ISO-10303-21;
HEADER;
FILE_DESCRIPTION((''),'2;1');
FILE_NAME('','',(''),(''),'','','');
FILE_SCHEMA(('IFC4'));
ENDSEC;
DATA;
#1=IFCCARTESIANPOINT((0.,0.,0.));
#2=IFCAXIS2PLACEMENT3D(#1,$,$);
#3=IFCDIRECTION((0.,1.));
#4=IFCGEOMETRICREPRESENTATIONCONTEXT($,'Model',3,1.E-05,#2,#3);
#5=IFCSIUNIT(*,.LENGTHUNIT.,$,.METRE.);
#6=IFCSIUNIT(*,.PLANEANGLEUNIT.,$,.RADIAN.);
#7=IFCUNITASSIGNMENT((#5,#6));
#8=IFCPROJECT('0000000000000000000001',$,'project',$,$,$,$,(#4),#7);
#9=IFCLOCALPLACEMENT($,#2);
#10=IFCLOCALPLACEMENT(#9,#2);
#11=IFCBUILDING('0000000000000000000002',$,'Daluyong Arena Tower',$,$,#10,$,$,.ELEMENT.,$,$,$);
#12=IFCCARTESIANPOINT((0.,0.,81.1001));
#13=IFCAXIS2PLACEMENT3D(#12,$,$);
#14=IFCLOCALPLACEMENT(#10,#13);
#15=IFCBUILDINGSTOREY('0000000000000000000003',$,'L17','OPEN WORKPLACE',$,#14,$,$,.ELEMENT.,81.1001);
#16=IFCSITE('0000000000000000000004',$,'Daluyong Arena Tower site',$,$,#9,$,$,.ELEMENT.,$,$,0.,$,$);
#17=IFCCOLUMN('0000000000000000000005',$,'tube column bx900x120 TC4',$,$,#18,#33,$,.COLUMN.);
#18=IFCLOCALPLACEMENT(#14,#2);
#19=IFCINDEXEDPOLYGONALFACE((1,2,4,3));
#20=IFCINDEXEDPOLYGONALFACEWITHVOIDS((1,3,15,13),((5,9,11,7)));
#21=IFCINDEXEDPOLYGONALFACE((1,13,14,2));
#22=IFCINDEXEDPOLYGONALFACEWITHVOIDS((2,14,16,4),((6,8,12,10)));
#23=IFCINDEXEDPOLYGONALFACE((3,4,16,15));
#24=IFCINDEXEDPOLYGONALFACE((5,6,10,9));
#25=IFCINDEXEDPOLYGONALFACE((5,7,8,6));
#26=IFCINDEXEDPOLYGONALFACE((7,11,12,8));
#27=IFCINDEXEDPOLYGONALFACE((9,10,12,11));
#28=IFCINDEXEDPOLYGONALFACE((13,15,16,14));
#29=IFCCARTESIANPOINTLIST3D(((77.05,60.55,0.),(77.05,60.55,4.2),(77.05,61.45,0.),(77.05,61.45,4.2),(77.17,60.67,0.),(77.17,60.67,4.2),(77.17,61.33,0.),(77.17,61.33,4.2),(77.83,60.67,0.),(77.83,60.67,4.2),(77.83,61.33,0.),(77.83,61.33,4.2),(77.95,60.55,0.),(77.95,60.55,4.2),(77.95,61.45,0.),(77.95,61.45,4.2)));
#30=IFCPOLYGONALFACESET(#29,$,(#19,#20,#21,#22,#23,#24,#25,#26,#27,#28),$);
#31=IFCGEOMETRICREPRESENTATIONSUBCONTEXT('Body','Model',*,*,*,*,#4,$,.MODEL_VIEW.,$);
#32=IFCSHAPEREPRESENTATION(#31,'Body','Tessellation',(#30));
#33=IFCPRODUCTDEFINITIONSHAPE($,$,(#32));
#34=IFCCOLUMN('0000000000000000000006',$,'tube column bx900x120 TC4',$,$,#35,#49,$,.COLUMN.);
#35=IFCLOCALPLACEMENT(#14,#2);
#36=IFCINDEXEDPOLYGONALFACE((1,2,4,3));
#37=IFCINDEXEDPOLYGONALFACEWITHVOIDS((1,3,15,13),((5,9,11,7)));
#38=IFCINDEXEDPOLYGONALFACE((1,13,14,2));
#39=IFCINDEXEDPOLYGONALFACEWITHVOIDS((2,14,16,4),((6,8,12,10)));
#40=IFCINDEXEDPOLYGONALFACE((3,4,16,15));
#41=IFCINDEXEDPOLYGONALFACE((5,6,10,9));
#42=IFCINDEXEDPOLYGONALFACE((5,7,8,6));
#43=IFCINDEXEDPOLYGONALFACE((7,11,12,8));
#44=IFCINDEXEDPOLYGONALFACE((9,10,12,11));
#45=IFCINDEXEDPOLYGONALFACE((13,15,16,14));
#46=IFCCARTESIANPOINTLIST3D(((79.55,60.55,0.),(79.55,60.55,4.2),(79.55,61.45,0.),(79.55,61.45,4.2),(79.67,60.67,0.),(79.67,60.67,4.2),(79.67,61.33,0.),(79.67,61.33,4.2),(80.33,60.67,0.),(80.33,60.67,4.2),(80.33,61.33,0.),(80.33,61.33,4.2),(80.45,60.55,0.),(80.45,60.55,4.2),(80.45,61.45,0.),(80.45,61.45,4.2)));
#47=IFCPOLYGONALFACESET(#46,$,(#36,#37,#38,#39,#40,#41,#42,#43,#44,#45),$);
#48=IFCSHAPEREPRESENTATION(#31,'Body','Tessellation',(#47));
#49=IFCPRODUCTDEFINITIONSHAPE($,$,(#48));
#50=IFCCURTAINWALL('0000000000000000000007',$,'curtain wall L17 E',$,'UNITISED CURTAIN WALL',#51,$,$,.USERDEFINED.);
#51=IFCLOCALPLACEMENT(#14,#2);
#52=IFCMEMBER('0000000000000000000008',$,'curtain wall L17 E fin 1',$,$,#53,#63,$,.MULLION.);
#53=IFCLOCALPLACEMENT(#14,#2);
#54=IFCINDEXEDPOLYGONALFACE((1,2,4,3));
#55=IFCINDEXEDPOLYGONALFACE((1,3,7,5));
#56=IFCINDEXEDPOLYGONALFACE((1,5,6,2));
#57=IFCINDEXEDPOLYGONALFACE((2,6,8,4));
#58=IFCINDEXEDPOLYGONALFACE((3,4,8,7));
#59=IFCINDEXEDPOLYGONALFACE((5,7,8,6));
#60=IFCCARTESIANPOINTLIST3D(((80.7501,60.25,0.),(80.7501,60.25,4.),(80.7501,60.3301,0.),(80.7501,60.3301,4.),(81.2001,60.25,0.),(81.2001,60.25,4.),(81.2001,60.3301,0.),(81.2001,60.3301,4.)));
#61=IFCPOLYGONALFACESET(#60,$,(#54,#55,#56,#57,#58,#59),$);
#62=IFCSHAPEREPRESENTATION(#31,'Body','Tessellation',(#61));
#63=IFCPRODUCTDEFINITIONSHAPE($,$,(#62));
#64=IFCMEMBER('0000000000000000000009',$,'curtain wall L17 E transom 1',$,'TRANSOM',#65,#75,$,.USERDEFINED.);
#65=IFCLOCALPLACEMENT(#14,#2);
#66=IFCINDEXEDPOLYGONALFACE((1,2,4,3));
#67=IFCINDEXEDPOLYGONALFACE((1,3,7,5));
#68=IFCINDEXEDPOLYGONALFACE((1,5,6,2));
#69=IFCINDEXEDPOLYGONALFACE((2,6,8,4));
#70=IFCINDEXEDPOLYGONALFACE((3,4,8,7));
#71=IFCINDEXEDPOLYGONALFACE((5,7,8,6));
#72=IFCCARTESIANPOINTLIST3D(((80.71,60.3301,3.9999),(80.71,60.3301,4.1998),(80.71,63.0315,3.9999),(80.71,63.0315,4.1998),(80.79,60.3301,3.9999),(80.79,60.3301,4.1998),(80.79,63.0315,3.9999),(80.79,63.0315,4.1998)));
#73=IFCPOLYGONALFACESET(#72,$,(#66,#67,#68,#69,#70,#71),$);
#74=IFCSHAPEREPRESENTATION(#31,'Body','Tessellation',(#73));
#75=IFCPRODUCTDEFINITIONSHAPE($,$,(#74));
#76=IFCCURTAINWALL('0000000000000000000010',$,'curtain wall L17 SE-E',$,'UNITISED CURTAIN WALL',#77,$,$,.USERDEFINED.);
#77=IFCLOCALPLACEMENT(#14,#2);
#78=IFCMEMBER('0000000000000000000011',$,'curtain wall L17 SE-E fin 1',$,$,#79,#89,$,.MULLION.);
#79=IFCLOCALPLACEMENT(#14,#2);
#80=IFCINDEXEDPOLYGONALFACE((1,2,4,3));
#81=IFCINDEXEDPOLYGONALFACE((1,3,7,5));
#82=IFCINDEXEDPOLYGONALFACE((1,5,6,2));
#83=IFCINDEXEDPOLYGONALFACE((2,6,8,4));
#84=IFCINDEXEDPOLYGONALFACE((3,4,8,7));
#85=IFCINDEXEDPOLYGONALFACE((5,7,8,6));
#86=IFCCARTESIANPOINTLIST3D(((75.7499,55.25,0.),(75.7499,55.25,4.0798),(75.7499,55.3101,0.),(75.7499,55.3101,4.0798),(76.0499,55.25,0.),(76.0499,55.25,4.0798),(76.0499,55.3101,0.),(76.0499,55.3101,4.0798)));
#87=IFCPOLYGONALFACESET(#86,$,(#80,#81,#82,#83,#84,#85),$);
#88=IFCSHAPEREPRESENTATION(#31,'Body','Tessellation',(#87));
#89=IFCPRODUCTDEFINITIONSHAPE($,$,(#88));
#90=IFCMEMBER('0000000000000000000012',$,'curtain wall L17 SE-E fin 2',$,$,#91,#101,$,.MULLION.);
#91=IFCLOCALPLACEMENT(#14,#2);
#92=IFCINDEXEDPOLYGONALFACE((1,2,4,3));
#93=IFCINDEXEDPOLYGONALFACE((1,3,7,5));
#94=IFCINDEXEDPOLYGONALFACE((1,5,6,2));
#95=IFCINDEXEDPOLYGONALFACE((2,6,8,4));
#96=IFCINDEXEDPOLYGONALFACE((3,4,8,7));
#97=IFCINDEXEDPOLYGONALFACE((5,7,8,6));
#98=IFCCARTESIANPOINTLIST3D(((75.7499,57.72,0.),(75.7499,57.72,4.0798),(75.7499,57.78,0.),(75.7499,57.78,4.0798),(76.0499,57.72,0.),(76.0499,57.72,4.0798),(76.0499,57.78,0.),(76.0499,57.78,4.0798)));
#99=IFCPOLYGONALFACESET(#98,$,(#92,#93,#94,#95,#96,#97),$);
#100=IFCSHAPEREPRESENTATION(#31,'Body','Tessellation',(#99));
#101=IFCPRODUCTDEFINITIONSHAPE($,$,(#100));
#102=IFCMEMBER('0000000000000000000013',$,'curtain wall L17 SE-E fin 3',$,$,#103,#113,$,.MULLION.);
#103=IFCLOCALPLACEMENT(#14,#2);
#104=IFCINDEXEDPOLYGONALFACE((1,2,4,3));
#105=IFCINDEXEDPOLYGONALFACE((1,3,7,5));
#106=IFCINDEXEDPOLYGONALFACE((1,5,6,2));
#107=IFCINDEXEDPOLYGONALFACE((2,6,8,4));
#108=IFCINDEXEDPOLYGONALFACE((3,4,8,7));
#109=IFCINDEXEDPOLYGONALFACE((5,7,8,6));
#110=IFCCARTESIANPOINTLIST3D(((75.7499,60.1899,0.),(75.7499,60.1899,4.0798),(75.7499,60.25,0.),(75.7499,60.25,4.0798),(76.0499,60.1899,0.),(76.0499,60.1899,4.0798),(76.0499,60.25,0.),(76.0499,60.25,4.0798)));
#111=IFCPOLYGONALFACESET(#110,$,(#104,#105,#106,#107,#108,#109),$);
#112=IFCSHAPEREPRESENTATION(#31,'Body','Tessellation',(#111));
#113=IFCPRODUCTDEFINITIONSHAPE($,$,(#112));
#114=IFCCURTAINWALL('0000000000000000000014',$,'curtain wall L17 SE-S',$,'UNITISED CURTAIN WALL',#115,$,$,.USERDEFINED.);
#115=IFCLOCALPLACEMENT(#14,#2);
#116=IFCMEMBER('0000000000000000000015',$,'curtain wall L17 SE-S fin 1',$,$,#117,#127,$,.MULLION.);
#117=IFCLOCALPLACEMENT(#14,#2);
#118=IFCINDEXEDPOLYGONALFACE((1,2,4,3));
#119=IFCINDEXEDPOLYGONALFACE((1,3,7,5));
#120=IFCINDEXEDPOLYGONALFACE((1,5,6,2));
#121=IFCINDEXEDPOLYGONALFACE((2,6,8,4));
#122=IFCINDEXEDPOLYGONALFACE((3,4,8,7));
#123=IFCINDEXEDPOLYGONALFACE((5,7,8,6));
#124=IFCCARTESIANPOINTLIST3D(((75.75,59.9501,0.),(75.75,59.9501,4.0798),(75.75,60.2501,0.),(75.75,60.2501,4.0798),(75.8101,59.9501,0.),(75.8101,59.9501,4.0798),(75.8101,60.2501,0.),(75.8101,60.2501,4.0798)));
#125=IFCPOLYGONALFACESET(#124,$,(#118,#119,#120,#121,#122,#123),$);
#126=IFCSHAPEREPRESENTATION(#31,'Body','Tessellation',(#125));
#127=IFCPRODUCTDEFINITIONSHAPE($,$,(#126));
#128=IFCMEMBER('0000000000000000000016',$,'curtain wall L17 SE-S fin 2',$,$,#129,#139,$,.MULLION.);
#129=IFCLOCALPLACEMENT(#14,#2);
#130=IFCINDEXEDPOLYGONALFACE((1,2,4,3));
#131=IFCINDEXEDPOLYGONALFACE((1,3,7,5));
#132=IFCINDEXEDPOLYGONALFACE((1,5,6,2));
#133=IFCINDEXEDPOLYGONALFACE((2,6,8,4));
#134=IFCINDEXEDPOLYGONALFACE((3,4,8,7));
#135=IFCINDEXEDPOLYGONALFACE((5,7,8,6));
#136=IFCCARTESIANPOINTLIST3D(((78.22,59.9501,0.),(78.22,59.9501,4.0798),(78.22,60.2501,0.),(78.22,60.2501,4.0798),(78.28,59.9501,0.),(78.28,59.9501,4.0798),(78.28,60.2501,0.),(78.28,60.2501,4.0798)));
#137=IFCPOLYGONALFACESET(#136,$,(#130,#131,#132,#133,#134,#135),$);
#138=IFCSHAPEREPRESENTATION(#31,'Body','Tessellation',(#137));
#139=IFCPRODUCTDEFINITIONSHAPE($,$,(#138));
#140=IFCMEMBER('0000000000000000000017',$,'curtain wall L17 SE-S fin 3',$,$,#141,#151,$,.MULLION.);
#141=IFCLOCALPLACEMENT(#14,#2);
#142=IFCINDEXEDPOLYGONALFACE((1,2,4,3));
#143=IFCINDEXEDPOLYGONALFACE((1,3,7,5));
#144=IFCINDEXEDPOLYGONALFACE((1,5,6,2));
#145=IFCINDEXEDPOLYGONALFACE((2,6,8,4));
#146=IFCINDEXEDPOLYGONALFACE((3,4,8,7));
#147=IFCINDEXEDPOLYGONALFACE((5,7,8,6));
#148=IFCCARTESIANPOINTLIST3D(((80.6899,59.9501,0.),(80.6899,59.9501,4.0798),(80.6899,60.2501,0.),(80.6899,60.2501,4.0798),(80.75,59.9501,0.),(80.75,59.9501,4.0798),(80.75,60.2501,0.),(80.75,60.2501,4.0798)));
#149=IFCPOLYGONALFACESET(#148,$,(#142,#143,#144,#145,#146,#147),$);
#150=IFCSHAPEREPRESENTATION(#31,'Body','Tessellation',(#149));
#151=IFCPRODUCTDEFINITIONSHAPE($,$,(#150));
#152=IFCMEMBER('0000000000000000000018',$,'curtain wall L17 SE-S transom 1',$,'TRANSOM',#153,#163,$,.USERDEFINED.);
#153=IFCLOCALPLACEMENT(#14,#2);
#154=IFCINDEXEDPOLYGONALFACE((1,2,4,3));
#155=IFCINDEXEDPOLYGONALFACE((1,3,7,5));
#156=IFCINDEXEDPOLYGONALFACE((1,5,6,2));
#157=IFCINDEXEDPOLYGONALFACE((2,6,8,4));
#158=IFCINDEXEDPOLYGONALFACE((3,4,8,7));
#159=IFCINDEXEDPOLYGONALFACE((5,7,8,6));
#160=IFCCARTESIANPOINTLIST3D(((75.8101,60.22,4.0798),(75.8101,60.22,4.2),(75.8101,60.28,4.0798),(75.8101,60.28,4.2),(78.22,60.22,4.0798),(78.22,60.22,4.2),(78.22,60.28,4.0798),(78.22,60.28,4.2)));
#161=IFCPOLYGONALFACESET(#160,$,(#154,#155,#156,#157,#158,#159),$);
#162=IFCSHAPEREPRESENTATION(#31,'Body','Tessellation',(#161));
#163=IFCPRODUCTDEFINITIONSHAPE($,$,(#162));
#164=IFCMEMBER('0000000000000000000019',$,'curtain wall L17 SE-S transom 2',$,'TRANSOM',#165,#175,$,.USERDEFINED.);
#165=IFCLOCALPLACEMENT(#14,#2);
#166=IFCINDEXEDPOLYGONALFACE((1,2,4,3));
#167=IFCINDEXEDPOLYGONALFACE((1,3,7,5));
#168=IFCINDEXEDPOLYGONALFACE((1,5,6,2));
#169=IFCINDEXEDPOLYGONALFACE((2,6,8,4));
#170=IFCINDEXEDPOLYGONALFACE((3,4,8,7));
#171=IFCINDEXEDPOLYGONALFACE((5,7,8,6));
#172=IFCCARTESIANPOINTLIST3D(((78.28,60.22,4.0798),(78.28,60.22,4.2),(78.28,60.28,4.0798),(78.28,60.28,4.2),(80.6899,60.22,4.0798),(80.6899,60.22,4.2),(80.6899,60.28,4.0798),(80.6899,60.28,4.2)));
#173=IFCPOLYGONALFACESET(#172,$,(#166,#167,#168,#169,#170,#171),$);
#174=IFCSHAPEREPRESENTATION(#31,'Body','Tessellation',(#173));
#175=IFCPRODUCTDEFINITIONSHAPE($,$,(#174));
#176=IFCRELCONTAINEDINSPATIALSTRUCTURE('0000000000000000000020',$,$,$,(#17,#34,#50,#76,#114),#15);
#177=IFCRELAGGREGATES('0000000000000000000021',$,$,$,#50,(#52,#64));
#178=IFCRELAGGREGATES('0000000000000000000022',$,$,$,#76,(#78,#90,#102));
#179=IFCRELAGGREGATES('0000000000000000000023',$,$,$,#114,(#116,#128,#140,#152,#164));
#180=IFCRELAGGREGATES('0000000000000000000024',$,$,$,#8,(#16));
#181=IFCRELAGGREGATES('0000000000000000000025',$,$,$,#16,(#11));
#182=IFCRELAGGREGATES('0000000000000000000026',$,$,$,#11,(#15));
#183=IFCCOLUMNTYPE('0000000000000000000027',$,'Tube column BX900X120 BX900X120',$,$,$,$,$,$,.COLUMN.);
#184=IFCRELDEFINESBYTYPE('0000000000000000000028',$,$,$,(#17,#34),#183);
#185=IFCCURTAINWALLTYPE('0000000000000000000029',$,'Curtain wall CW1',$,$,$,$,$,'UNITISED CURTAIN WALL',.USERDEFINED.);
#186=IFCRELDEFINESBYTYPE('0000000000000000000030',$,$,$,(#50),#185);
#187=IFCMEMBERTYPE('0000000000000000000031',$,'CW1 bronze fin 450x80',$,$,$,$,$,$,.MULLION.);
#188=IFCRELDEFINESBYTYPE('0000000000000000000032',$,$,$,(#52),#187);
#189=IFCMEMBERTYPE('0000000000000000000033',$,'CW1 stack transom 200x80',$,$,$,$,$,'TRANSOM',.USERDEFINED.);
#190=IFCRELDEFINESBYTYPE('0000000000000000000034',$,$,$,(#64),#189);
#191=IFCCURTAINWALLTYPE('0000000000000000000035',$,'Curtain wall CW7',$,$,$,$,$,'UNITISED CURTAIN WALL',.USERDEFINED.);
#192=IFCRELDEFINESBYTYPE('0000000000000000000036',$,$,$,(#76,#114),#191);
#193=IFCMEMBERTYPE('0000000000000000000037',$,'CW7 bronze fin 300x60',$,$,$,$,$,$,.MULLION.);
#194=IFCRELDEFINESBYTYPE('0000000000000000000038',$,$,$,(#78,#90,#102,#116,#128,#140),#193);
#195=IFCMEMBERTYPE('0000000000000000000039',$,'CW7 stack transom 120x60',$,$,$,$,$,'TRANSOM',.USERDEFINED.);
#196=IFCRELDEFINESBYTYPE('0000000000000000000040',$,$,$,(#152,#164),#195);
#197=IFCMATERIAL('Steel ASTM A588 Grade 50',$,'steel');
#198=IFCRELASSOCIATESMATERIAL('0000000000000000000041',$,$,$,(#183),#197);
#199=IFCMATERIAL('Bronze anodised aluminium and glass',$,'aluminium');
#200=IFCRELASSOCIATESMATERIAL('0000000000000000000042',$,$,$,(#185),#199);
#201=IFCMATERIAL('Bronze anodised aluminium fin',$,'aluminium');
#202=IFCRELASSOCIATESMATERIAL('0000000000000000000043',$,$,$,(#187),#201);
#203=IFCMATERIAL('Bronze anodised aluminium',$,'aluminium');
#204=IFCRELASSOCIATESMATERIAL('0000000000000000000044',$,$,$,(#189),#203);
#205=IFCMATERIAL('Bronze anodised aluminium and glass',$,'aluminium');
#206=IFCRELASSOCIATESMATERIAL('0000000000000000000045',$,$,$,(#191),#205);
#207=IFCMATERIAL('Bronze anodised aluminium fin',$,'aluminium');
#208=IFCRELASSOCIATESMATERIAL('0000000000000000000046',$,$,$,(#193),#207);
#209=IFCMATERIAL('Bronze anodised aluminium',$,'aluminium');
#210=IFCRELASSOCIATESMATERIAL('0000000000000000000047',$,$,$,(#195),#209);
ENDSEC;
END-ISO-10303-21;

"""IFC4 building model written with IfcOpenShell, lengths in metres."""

from ifc_helpers import new_model, si_unit, direction, frame, origin, origin_2d, place, context, subcontext, project, spatial, rectangle, hollow_rectangle, extrude, material, material_profile, profile_set, type_object, element, aggregate, save


model = new_model("IFC4")

# Units and contexts
model_context = context("Model", 3, precision=1e-05, world=origin(), true_north=direction((0.0, 1.0)))
body_context = subcontext(model_context, "Body", "Model", "MODEL_VIEW")
ifc_project = project(units=[si_unit("LENGTHUNIT", "METRE"), si_unit("PLANEANGLEUNIT", "RADIAN")], contexts=[model_context])

# Site, building, storey
site_placement = place(None, origin())
site = spatial("IfcSite", under=ifc_project, at=site_placement, Name="Daluyong Arena Tower site", CompositionType="ELEMENT", RefElevation=0.0)
building_placement = place(site_placement, origin())
building = spatial("IfcBuilding", under=site, at=building_placement, Name="Daluyong Arena Tower", CompositionType="ELEMENT")
storey_placement = place(building_placement, frame((0.0, 0.0, 81.1001)))
storey = spatial("IfcBuildingStorey", under=building, at=storey_placement, Name="L17", Description="OPEN WORKPLACE", CompositionType="ELEMENT", Elevation=81.1001)

# Columns
ifc_material_1 = material(Name="Steel ASTM A588 Grade 50", Category="steel")
ifc_material_profile_1 = material_profile(ifc_material_1, hollow_rectangle(XDim=0.8999, YDim=0.8999, WallThickness=0.12, at=origin_2d()))
ifc_profile_set_1 = profile_set([ifc_material_profile_1], Name="Steel ASTM A588 Grade 50")
column_type = type_object("IfcColumnType", Name="Tube column BX900X120 BX900X120", PredefinedType="COLUMN", material=ifc_profile_set_1)
for number, where, z_axis, x_axis, name in (
    (1, (77.5, 61.0, 0.0), (0.0, 0.0, 1.0), (1.0, 0.0, 0.0), "tube column bx900x120 TC4"),
    (2, (80.0, 61.0, 0.0), (0.0, 0.0, 1.0), (0.0, 1.0, 0.0), "tube column bx900x120 TC4"),
):
    element("IfcColumn", number, at=place(storey_placement, frame(where, z_axis=z_axis, x_axis=x_axis)), inside=storey, type_object=column_type, Name=name, PredefinedType="COLUMN", context=body_context, shape_type="SweptSolid", body=[
        extrude(hollow_rectangle(XDim=0.8999, YDim=0.8999, WallThickness=0.12, at=origin_2d()), origin(), (0.0, 0.0, 1.0), 4.2),
    ])

# Curtain walls, members
ifc_material_2 = material(Name="Bronze anodised aluminium and glass", Category="aluminium")
curtain_wall_type_1 = type_object("IfcCurtainWallType", Name="Curtain wall CW1", ElementType="UNITISED CURTAIN WALL", PredefinedType="USERDEFINED", material=ifc_material_2)
curtain_wall_1_placement = place(storey_placement, origin())
curtain_wall_1 = element("IfcCurtainWall", 3, at=curtain_wall_1_placement, inside=storey, type_object=curtain_wall_type_1, Name="curtain wall L17 E", ObjectType="UNITISED CURTAIN WALL", PredefinedType="USERDEFINED")
ifc_material_3 = material(Name="Bronze anodised aluminium fin", Category="aluminium")
ifc_material_profile_2 = material_profile(ifc_material_3, rectangle(XDim=0.45, YDim=0.0801, at=origin_2d()))
ifc_profile_set_2 = profile_set([ifc_material_profile_2], Name="Bronze anodised aluminium fin")
member_type_1 = type_object("IfcMemberType", Name="CW1 bronze fin 450x80", PredefinedType="MULLION", material=ifc_profile_set_2)
member_1_placement = place(storey_placement, frame((80.9751, 60.29, 0.0), z_axis=(0.0, 0.0, 1.0), x_axis=(-1.0, 0.0, 0.0)))
member_1 = element("IfcMember", 4, at=member_1_placement, type_object=member_type_1, Name="curtain wall L17 E fin 1", PredefinedType="MULLION", context=body_context, shape_type="SweptSolid", body=[
    extrude(rectangle(XDim=0.45, YDim=0.0801, at=origin_2d()), origin(), (0.0, 0.0, 1.0), 4.0),
])
ifc_material_4 = material(Name="Bronze anodised aluminium", Category="aluminium")
ifc_material_profile_3 = material_profile(ifc_material_4, rectangle(XDim=0.0801, YDim=0.2, at=origin_2d()))
ifc_profile_set_3 = profile_set([ifc_material_profile_3], Name="Bronze anodised aluminium")
member_type_2 = type_object("IfcMemberType", Name="CW1 stack transom 200x80", ElementType="TRANSOM", PredefinedType="USERDEFINED", material=ifc_profile_set_3)
member_2_placement = place(storey_placement, frame((80.75, 60.3301, 4.0999), z_axis=(0.0, 1.0, 0.0), x_axis=(-1.0, 0.0, 0.0)))
member_2 = element("IfcMember", 5, at=member_2_placement, type_object=member_type_2, Name="curtain wall L17 E transom 1", ObjectType="TRANSOM", PredefinedType="USERDEFINED", context=body_context, shape_type="SweptSolid", body=[
    extrude(rectangle(XDim=0.0801, YDim=0.2, at=origin_2d()), origin(), (0.0, 0.0, 1.0), 2.7014),
])
ifc_material_5 = material(Name="Bronze anodised aluminium and glass", Category="aluminium")
curtain_wall_type_2 = type_object("IfcCurtainWallType", Name="Curtain wall CW7", ElementType="UNITISED CURTAIN WALL", PredefinedType="USERDEFINED", material=ifc_material_5)
curtain_wall_2_placement = place(storey_placement, origin())
curtain_wall_2 = element("IfcCurtainWall", 6, at=curtain_wall_2_placement, inside=storey, type_object=curtain_wall_type_2, Name="curtain wall L17 SE-E", ObjectType="UNITISED CURTAIN WALL", PredefinedType="USERDEFINED")
ifc_material_6 = material(Name="Bronze anodised aluminium fin", Category="aluminium")
ifc_material_profile_4 = material_profile(ifc_material_6, rectangle(XDim=0.3, YDim=0.0601, at=origin_2d()))
ifc_profile_set_4 = profile_set([ifc_material_profile_4], Name="Bronze anodised aluminium fin")
member_type_3 = type_object("IfcMemberType", Name="CW7 bronze fin 300x60", PredefinedType="MULLION", material=ifc_profile_set_4)
member_3_placement = place(storey_placement, frame((75.8999, 55.28, 0.0), z_axis=(0.0, 0.0, 1.0), x_axis=(-1.0, 0.0, 0.0)))
member_3 = element("IfcMember", 7, at=member_3_placement, type_object=member_type_3, Name="curtain wall L17 SE-E fin 1", PredefinedType="MULLION", context=body_context, shape_type="SweptSolid", body=[
    extrude(rectangle(XDim=0.3, YDim=0.0601, at=origin_2d()), origin(), (0.0, 0.0, 1.0), 4.0798),
])
member_4_placement = place(storey_placement, frame((75.8999, 57.75, 0.0), z_axis=(0.0, 0.0, 1.0), x_axis=(-1.0, 0.0, 0.0)))
member_4 = element("IfcMember", 8, at=member_4_placement, type_object=member_type_3, Name="curtain wall L17 SE-E fin 2", PredefinedType="MULLION", context=body_context, shape_type="SweptSolid", body=[
    extrude(rectangle(XDim=0.3, YDim=0.0601, at=origin_2d()), origin(), (0.0, 0.0, 1.0), 4.0798),
])
member_5_placement = place(storey_placement, frame((75.8999, 60.22, 0.0), z_axis=(0.0, 0.0, 1.0), x_axis=(-1.0, 0.0, 0.0)))
member_5 = element("IfcMember", 9, at=member_5_placement, type_object=member_type_3, Name="curtain wall L17 SE-E fin 3", PredefinedType="MULLION", context=body_context, shape_type="SweptSolid", body=[
    extrude(rectangle(XDim=0.3, YDim=0.0601, at=origin_2d()), origin(), (0.0, 0.0, 1.0), 4.0798),
])
curtain_wall_3_placement = place(storey_placement, origin())
curtain_wall_3 = element("IfcCurtainWall", 10, at=curtain_wall_3_placement, inside=storey, type_object=curtain_wall_type_2, Name="curtain wall L17 SE-S", ObjectType="UNITISED CURTAIN WALL", PredefinedType="USERDEFINED")
member_6_placement = place(storey_placement, frame((75.78, 60.1001, 0.0), z_axis=(0.0, 0.0, 1.0), x_axis=(0.0, 1.0, 0.0)))
member_6 = element("IfcMember", 11, at=member_6_placement, type_object=member_type_3, Name="curtain wall L17 SE-S fin 1", PredefinedType="MULLION", context=body_context, shape_type="SweptSolid", body=[
    extrude(rectangle(XDim=0.3, YDim=0.0601, at=origin_2d()), origin(), (0.0, 0.0, 1.0), 4.0798),
])
member_7_placement = place(storey_placement, frame((78.25, 60.1001, 0.0), z_axis=(0.0, 0.0, 1.0), x_axis=(0.0, 1.0, 0.0)))
member_7 = element("IfcMember", 12, at=member_7_placement, type_object=member_type_3, Name="curtain wall L17 SE-S fin 2", PredefinedType="MULLION", context=body_context, shape_type="SweptSolid", body=[
    extrude(rectangle(XDim=0.3, YDim=0.0601, at=origin_2d()), origin(), (0.0, 0.0, 1.0), 4.0798),
])
member_8_placement = place(storey_placement, frame((80.72, 60.1001, 0.0), z_axis=(0.0, 0.0, 1.0), x_axis=(0.0, 1.0, 0.0)))
member_8 = element("IfcMember", 13, at=member_8_placement, type_object=member_type_3, Name="curtain wall L17 SE-S fin 3", PredefinedType="MULLION", context=body_context, shape_type="SweptSolid", body=[
    extrude(rectangle(XDim=0.3, YDim=0.0601, at=origin_2d()), origin(), (0.0, 0.0, 1.0), 4.0798),
])
ifc_material_7 = material(Name="Bronze anodised aluminium", Category="aluminium")
ifc_material_profile_5 = material_profile(ifc_material_7, rectangle(XDim=0.0601, YDim=0.1201, at=origin_2d()))
ifc_profile_set_5 = profile_set([ifc_material_profile_5], Name="Bronze anodised aluminium")
member_type_4 = type_object("IfcMemberType", Name="CW7 stack transom 120x60", ElementType="TRANSOM", PredefinedType="USERDEFINED", material=ifc_profile_set_5)
member_9_placement = place(storey_placement, frame((75.8101, 60.25, 4.1399), z_axis=(1.0, 0.0, 0.0), x_axis=(0.0, 1.0, 0.0)))
member_9 = element("IfcMember", 14, at=member_9_placement, type_object=member_type_4, Name="curtain wall L17 SE-S transom 1", ObjectType="TRANSOM", PredefinedType="USERDEFINED", context=body_context, shape_type="SweptSolid", body=[
    extrude(rectangle(XDim=0.0601, YDim=0.1201, at=origin_2d()), origin(), (0.0, 0.0, 1.0), 2.4099),
])
member_10_placement = place(storey_placement, frame((78.28, 60.25, 4.1399), z_axis=(1.0, 0.0, 0.0), x_axis=(0.0, 1.0, 0.0)))
member_10 = element("IfcMember", 15, at=member_10_placement, type_object=member_type_4, Name="curtain wall L17 SE-S transom 2", ObjectType="TRANSOM", PredefinedType="USERDEFINED", context=body_context, shape_type="SweptSolid", body=[
    extrude(rectangle(XDim=0.0601, YDim=0.1201, at=origin_2d()), origin(), (0.0, 0.0, 1.0), 2.4099),
])

aggregate(curtain_wall_1, [member_1, member_2])
aggregate(curtain_wall_2, [member_3, member_4, member_5])
aggregate(curtain_wall_3, [member_6, member_7, member_8, member_9, member_10])

save(model, "model.ifc")
